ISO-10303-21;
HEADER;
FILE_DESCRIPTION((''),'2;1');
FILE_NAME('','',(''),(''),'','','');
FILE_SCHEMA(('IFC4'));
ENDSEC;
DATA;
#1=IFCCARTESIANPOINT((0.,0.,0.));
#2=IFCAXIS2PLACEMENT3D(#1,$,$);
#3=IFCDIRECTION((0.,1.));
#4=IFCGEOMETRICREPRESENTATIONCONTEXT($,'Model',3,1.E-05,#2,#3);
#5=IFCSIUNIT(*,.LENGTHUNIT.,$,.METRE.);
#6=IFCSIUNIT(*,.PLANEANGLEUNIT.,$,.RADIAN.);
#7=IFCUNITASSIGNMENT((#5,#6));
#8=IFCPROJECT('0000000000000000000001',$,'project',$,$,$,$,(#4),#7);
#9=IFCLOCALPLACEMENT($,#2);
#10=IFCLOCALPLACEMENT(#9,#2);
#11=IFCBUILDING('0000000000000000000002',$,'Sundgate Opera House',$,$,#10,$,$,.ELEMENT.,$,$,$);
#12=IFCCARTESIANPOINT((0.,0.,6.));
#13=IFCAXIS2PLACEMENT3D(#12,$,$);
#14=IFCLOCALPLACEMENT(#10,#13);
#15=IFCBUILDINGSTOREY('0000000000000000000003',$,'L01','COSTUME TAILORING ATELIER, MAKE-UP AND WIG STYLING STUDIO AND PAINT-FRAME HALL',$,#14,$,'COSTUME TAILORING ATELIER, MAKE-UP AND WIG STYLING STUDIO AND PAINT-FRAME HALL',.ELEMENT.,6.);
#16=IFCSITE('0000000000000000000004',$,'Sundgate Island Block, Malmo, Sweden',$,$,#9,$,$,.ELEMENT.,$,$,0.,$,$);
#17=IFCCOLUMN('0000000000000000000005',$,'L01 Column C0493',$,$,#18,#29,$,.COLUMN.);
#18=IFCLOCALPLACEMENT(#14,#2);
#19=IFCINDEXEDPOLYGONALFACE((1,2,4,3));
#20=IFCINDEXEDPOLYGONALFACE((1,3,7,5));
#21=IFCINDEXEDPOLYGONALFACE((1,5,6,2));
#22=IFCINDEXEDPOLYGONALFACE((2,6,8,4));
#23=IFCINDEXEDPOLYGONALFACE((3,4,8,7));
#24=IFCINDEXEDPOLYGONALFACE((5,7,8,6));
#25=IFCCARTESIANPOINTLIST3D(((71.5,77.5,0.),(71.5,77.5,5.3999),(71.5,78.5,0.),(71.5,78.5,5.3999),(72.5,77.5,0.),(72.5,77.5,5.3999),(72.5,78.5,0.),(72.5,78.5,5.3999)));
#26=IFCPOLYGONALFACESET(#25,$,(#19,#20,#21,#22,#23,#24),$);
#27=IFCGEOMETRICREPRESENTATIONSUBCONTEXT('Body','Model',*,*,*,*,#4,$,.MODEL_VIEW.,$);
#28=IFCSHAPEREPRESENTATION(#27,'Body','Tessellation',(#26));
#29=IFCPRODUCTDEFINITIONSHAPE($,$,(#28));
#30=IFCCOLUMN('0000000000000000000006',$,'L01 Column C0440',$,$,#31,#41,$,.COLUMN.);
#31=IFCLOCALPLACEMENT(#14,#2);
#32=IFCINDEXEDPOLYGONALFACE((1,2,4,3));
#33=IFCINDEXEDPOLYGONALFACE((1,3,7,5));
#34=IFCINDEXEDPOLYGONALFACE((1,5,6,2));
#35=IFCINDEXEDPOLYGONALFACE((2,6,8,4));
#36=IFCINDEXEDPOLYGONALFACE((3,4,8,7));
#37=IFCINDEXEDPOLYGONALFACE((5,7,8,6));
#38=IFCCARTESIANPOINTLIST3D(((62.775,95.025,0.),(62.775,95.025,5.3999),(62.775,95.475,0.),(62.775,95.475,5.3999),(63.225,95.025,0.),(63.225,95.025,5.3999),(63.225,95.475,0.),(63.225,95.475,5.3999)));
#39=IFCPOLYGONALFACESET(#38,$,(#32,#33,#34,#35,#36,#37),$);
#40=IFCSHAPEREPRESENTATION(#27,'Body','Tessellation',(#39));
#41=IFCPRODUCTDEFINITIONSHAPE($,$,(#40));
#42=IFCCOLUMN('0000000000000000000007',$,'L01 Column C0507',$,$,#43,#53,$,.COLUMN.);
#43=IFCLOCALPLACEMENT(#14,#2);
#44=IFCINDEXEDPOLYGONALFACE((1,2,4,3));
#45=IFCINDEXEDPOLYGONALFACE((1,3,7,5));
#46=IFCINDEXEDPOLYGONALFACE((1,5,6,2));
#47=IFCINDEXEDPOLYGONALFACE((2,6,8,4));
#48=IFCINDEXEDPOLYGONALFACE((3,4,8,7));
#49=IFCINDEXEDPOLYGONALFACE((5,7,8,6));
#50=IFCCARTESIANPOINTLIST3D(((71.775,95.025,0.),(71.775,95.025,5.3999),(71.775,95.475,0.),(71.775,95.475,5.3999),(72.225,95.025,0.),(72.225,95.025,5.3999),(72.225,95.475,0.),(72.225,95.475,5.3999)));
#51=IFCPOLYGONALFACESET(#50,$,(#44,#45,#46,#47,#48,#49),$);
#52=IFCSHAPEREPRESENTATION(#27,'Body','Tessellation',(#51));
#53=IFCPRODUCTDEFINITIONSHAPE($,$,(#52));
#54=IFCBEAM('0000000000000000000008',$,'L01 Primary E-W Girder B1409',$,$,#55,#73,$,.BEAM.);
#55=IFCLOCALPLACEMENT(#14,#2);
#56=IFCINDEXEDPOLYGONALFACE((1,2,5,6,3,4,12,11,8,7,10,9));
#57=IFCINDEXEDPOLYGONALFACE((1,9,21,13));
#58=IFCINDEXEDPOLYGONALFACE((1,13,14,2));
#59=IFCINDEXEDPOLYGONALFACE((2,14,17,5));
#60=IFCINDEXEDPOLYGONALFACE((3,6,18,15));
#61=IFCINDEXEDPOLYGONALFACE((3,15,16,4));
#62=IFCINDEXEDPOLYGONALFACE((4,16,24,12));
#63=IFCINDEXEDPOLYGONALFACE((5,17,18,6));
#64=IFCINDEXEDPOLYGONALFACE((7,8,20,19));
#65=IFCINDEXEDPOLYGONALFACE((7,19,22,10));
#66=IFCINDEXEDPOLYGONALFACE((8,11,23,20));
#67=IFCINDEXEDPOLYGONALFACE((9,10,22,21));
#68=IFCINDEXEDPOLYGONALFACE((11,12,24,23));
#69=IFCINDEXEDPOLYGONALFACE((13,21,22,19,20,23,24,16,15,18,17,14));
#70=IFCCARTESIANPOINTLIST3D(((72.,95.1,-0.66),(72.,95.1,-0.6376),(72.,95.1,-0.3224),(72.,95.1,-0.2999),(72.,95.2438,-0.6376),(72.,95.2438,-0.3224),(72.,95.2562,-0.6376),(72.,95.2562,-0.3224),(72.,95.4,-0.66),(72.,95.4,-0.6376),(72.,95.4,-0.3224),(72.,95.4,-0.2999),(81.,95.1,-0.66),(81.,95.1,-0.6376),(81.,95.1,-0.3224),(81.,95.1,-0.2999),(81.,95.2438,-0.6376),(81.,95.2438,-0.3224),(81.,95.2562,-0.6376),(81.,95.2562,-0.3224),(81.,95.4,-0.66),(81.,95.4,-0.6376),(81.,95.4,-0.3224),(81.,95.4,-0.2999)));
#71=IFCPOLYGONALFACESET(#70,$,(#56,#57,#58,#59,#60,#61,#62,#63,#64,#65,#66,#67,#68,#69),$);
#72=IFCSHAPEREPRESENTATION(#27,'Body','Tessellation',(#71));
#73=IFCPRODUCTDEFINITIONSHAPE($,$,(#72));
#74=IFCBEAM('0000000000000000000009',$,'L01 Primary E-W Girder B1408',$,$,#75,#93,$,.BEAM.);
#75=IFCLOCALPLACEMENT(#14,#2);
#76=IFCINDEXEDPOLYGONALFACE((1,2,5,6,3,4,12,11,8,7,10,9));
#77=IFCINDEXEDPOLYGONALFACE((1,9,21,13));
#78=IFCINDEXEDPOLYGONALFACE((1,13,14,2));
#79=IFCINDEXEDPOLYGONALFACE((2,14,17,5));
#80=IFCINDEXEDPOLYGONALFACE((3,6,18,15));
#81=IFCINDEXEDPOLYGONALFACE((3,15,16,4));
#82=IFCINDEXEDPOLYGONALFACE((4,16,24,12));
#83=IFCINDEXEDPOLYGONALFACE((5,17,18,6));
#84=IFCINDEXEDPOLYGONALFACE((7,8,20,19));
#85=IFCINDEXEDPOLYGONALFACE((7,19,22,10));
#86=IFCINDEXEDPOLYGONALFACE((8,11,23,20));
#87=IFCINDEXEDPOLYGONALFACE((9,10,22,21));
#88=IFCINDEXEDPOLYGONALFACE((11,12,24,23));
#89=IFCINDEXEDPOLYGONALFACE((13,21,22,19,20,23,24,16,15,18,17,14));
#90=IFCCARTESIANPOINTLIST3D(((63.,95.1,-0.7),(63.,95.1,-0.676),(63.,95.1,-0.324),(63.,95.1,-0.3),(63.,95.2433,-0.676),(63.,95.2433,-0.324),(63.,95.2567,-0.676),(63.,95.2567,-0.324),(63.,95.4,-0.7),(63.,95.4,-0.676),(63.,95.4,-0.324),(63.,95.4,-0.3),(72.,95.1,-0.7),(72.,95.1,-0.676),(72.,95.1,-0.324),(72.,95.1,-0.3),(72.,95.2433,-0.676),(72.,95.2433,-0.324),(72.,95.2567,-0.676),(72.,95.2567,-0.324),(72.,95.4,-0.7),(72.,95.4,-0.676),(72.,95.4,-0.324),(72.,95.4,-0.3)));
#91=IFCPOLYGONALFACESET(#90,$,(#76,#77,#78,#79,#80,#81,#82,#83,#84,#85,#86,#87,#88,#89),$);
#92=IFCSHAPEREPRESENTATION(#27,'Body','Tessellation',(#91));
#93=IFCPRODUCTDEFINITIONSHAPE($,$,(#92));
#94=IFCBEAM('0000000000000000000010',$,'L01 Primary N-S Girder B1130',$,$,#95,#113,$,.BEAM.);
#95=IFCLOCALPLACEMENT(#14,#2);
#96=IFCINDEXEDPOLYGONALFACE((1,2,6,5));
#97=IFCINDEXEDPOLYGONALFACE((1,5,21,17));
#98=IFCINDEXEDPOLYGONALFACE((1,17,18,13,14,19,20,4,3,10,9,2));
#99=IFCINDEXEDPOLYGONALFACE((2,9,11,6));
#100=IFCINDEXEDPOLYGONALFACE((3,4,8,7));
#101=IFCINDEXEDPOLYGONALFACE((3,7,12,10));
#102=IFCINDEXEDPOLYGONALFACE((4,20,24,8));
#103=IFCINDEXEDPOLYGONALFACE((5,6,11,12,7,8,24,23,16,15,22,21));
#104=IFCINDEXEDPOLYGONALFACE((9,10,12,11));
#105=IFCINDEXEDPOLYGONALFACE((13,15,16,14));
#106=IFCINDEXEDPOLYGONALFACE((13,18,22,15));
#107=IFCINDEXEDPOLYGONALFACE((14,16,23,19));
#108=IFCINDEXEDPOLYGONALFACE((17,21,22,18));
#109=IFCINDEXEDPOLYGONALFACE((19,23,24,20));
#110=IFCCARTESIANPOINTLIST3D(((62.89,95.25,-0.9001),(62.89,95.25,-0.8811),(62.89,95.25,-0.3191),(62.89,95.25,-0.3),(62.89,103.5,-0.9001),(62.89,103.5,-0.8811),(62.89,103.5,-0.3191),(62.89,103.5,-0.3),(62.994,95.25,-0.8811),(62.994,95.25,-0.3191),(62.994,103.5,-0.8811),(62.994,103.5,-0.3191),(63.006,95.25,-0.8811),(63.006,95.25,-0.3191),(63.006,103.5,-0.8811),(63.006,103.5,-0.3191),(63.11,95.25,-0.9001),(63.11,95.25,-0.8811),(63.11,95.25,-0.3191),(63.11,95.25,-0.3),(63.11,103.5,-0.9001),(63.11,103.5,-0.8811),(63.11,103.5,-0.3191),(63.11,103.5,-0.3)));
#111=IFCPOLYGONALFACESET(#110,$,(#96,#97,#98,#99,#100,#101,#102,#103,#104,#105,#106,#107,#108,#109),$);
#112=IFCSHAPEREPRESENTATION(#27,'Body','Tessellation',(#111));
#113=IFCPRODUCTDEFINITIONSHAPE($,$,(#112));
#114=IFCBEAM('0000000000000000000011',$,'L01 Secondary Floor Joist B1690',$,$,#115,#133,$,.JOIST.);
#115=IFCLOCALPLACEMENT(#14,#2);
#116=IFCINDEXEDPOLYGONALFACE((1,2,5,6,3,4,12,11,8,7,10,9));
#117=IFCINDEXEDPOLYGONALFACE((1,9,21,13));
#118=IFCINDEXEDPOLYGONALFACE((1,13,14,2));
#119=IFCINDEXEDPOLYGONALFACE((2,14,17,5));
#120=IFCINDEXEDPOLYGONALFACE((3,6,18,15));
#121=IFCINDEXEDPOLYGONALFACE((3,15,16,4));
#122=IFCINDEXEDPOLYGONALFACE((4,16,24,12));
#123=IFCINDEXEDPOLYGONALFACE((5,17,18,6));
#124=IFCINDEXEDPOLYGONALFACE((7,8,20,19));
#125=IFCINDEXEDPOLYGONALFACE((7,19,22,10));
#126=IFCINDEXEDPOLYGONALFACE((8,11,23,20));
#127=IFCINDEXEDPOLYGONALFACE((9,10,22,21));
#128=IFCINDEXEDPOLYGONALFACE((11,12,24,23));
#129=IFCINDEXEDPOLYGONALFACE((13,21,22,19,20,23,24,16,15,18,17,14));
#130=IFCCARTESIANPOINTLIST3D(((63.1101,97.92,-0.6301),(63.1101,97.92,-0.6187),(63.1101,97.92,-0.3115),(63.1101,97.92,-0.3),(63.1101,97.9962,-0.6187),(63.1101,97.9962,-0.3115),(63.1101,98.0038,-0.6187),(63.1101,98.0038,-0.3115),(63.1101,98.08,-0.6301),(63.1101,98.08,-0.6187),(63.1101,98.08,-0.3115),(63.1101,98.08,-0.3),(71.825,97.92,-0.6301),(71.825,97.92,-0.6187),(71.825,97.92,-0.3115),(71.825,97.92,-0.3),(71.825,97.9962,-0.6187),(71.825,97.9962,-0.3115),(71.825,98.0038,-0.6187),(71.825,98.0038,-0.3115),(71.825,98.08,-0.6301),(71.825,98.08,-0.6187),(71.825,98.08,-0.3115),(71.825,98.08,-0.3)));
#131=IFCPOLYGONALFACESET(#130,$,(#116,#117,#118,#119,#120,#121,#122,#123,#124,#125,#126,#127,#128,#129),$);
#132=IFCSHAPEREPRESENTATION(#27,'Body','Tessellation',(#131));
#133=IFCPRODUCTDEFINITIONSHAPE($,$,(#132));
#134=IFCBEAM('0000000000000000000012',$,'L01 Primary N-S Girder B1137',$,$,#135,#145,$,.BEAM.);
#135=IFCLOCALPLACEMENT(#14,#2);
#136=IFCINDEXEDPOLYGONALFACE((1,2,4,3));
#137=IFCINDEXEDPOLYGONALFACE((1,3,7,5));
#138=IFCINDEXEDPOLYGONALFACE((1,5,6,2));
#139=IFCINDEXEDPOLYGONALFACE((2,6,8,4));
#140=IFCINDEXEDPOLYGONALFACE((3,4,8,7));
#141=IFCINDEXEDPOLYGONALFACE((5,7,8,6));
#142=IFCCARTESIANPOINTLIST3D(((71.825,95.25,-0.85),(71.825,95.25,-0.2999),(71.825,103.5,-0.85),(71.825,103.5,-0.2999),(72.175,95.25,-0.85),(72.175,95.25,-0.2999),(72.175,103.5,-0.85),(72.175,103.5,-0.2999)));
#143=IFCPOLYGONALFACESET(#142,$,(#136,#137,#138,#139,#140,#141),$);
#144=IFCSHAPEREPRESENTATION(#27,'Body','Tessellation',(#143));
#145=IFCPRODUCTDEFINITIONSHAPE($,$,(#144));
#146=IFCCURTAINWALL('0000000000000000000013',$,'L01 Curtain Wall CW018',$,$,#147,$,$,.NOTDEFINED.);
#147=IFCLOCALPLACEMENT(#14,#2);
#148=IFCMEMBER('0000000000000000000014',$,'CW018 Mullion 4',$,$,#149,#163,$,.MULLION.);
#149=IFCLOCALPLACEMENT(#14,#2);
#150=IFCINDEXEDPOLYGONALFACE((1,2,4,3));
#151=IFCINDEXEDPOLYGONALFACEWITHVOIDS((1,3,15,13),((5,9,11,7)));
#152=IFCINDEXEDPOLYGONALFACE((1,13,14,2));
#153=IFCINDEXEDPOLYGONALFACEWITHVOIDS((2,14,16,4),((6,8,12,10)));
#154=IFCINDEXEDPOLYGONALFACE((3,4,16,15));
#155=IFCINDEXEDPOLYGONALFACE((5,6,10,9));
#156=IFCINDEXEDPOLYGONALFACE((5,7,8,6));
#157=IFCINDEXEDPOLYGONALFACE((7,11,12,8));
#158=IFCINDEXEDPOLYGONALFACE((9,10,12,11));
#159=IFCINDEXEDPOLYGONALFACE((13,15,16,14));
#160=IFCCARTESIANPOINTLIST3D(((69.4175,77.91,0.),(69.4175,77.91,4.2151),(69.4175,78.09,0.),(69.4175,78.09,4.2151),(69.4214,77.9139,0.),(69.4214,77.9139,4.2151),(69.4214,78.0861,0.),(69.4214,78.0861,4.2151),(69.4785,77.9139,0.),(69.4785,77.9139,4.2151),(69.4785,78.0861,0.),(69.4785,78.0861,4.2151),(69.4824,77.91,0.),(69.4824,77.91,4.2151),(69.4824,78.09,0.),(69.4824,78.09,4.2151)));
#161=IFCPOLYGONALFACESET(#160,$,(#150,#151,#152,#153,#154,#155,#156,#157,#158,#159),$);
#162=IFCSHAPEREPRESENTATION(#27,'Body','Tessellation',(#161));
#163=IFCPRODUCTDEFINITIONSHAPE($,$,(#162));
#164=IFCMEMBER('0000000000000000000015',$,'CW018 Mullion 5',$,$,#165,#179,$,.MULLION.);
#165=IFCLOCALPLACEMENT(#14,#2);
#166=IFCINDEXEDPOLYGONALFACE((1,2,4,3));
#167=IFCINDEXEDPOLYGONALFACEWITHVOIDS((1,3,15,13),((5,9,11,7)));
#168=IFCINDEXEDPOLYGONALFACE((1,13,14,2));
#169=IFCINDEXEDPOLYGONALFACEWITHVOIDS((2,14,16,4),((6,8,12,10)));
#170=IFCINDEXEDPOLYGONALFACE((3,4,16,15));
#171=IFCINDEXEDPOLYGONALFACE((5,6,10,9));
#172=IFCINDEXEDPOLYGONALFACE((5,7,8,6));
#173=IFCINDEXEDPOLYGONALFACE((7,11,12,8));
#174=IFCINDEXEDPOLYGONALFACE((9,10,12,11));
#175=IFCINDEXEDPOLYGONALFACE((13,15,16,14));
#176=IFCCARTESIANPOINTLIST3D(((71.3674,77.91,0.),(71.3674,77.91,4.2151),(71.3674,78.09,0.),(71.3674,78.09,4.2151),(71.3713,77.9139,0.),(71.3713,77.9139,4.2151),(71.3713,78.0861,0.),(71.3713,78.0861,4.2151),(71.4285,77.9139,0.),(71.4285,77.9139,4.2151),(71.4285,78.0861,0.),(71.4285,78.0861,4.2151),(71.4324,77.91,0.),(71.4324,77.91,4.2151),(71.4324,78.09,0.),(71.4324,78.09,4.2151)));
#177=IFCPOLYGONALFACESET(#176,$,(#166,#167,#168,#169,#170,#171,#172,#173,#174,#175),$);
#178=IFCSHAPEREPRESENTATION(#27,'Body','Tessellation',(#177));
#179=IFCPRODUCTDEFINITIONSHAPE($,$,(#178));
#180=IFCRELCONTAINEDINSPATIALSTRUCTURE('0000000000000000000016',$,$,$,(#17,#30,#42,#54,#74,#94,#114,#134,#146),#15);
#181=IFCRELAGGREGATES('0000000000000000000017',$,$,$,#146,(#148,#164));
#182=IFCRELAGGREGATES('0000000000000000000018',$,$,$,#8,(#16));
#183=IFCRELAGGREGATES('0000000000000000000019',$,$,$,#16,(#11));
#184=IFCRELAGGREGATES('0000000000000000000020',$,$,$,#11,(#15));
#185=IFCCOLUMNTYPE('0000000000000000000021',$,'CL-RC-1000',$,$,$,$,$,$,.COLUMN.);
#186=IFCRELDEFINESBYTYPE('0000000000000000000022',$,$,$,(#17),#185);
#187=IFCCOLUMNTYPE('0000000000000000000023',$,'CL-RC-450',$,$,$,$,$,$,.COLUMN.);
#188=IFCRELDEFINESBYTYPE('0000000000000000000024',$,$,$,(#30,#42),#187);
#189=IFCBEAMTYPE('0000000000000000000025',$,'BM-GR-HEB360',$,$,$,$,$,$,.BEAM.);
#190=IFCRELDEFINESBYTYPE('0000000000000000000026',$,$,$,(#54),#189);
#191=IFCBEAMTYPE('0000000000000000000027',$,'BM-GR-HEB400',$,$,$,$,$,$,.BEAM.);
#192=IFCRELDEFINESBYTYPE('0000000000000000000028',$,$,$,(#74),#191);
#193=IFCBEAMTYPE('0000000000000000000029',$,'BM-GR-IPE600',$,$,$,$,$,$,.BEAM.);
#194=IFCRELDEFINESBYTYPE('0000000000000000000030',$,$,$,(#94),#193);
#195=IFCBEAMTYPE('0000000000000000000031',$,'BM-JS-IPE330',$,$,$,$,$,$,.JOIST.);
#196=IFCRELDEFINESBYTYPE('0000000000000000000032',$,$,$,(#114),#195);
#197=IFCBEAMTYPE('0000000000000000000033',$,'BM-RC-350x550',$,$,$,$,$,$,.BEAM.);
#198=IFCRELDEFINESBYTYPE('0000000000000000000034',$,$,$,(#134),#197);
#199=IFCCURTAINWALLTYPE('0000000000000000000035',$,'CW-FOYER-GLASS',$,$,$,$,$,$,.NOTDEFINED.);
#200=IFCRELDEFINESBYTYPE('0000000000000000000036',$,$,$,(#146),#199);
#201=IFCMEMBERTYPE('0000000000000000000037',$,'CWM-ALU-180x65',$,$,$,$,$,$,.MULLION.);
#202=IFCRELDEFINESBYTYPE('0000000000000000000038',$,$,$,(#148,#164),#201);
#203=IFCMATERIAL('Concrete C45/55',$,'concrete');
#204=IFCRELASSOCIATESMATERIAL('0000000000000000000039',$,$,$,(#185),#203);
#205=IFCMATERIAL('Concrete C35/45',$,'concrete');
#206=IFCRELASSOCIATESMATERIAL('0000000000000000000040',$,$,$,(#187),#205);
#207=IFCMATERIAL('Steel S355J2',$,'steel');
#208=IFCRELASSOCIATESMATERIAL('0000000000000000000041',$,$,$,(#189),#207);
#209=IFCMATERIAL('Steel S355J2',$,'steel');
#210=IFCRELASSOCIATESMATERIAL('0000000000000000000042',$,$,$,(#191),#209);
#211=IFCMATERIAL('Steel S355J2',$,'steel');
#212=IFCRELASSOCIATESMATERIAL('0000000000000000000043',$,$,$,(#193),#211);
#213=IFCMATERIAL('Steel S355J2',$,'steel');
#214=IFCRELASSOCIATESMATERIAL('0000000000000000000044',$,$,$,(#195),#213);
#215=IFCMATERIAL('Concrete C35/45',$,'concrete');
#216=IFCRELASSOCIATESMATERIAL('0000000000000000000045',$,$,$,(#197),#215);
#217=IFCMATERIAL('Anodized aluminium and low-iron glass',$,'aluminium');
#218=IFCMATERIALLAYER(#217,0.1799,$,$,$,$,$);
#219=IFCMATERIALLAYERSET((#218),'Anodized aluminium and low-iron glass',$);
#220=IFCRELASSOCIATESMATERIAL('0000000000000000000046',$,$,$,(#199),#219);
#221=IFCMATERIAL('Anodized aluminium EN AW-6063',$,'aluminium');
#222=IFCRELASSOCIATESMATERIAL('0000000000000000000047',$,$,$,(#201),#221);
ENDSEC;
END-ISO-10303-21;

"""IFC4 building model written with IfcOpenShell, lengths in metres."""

from ifc_helpers import new_model, si_unit, direction, frame, origin, origin_2d, place, context, subcontext, project, spatial, rectangle, hollow_rectangle, i_section, extrude, material, layer, layer_set, material_profile, profile_set, type_object, element, aggregate, save


model = new_model("IFC4")

# Units and contexts
model_context = context("Model", 3, precision=1e-05, world=origin(), true_north=direction((0.0, 1.0)))
body_context = subcontext(model_context, "Body", "Model", "MODEL_VIEW")
ifc_project = project(units=[si_unit("LENGTHUNIT", "METRE"), si_unit("PLANEANGLEUNIT", "RADIAN")], contexts=[model_context])

# Site, building, storey
site_placement = place(None, origin())
site = spatial("IfcSite", under=ifc_project, at=site_placement, Name="Sundgate Island Block, Malmo, Sweden", CompositionType="ELEMENT", RefElevation=0.0)
building_placement = place(site_placement, origin())
building = spatial("IfcBuilding", under=site, at=building_placement, Name="Sundgate Opera House", CompositionType="ELEMENT")
storey_placement = place(building_placement, frame((0.0, 0.0, 6.0)))
storey = spatial("IfcBuildingStorey", under=building, at=storey_placement, Name="L01", Description="COSTUME TAILORING ATELIER, MAKE-UP AND WIG STYLING STUDIO AND PAINT-FRAME HALL", LongName="COSTUME TAILORING ATELIER, MAKE-UP AND WIG STYLING STUDIO AND PAINT-FRAME HALL", CompositionType="ELEMENT", Elevation=6.0)

# Columns
ifc_material_1 = material(Name="Concrete C45/55", Category="concrete")
ifc_material_profile_1 = material_profile(ifc_material_1, rectangle(XDim=1.0, YDim=1.0, at=origin_2d()), Name="RC 1000x1000")
ifc_profile_set_1 = profile_set([ifc_material_profile_1], Name="Concrete C45/55")
column_type_1 = type_object("IfcColumnType", Name="CL-RC-1000", PredefinedType="COLUMN", material=ifc_profile_set_1)
column_placement = place(storey_placement, frame((72.0, 78.0, 0.0), z_axis=(0.0, 0.0, 1.0), x_axis=(1.0, 0.0, 0.0)))
element("IfcColumn", 1, at=column_placement, inside=storey, type_object=column_type_1, Name="L01 Column C0493", PredefinedType="COLUMN", context=body_context, shape_type="SweptSolid", body=[
    extrude(rectangle(XDim=1.0, YDim=1.0, at=origin_2d()), origin(), (0.0, 0.0, 1.0), 5.3999),
])
ifc_material_2 = material(Name="Concrete C35/45", Category="concrete")
ifc_material_profile_2 = material_profile(ifc_material_2, rectangle(XDim=0.45, YDim=0.45, at=origin_2d()), Name="RC 450x450")
ifc_profile_set_2 = profile_set([ifc_material_profile_2], Name="Concrete C35/45")
column_type_2 = type_object("IfcColumnType", Name="CL-RC-450", PredefinedType="COLUMN", material=ifc_profile_set_2)
for number, where, z_axis, x_axis, name in (
    (2, (63.0, 95.25, 0.0), (0.0, 0.0, 1.0), (1.0, 0.0, 0.0), "L01 Column C0440"),
    (3, (72.0, 95.25, 0.0), (0.0, 0.0, 1.0), (1.0, 0.0, 0.0), "L01 Column C0507"),
):
    element("IfcColumn", number, at=place(storey_placement, frame(where, z_axis=z_axis, x_axis=x_axis)), inside=storey, type_object=column_type_2, Name=name, PredefinedType="COLUMN", context=body_context, shape_type="SweptSolid", body=[
        extrude(rectangle(XDim=0.45, YDim=0.45, at=origin_2d()), origin(), (0.0, 0.0, 1.0), 5.3999),
    ])

# Beams
ifc_material_3 = material(Name="Steel S355J2", Category="steel")
ifc_material_profile_3 = material_profile(ifc_material_3, i_section(OverallWidth=0.3, OverallDepth=0.3601, WebThickness=0.0125, FlangeThickness=0.0225, at=origin_2d()), Name="HEB 360")
ifc_profile_set_3 = profile_set([ifc_material_profile_3], Name="Steel S355J2")
beam_type_1 = type_object("IfcBeamType", Name="BM-GR-HEB360", PredefinedType="BEAM", material=ifc_profile_set_3)
beam_1_placement = place(storey_placement, frame((72.0, 95.25, -0.48), z_axis=(1.0, 0.0, 0.0), x_axis=(0.0, 1.0, 0.0)))
element("IfcBeam", 4, at=beam_1_placement, inside=storey, type_object=beam_type_1, Name="L01 Primary E-W Girder B1409", PredefinedType="BEAM", context=body_context, shape_type="SweptSolid", body=[
    extrude(i_section(OverallWidth=0.3, OverallDepth=0.3601, WebThickness=0.0125, FlangeThickness=0.0225, at=origin_2d()), origin(), (0.0, 0.0, 1.0), 9.0),
])
ifc_material_4 = material(Name="Steel S355J2", Category="steel")
ifc_material_profile_4 = material_profile(ifc_material_4, i_section(OverallWidth=0.3, OverallDepth=0.3999, WebThickness=0.0134, FlangeThickness=0.0239, at=origin_2d()), Name="HEB 400")
ifc_profile_set_4 = profile_set([ifc_material_profile_4], Name="Steel S355J2")
beam_type_2 = type_object("IfcBeamType", Name="BM-GR-HEB400", PredefinedType="BEAM", material=ifc_profile_set_4)
beam_2_placement = place(storey_placement, frame((63.0, 95.25, -0.5), z_axis=(1.0, 0.0, 0.0), x_axis=(0.0, 1.0, 0.0)))
element("IfcBeam", 5, at=beam_2_placement, inside=storey, type_object=beam_type_2, Name="L01 Primary E-W Girder B1408", PredefinedType="BEAM", context=body_context, shape_type="SweptSolid", body=[
    extrude(i_section(OverallWidth=0.3, OverallDepth=0.3999, WebThickness=0.0134, FlangeThickness=0.0239, at=origin_2d()), origin(), (0.0, 0.0, 1.0), 9.0),
])
ifc_material_5 = material(Name="Steel S355J2", Category="steel")
ifc_material_profile_5 = material_profile(ifc_material_5, i_section(OverallWidth=0.22, OverallDepth=0.6001, WebThickness=0.012, FlangeThickness=0.019, at=origin_2d()), Name="IPE 600")
ifc_profile_set_5 = profile_set([ifc_material_profile_5], Name="Steel S355J2")
beam_type_3 = type_object("IfcBeamType", Name="BM-GR-IPE600", PredefinedType="BEAM", material=ifc_profile_set_5)
beam_3_placement = place(storey_placement, frame((63.0, 95.25, -0.6001), z_axis=(0.0, 1.0, 0.0), x_axis=(-1.0, 0.0, 0.0)))
element("IfcBeam", 6, at=beam_3_placement, inside=storey, type_object=beam_type_3, Name="L01 Primary N-S Girder B1130", PredefinedType="BEAM", context=body_context, shape_type="SweptSolid", body=[
    extrude(i_section(OverallWidth=0.22, OverallDepth=0.6001, WebThickness=0.012, FlangeThickness=0.019, at=origin_2d()), origin(), (0.0, 0.0, 1.0), 8.25),
])
ifc_material_6 = material(Name="Steel S355J2", Category="steel")
ifc_material_profile_6 = material_profile(ifc_material_6, i_section(OverallWidth=0.1599, OverallDepth=0.3301, WebThickness=0.0076, FlangeThickness=0.0115, at=origin_2d()), Name="IPE 330")
ifc_profile_set_6 = profile_set([ifc_material_profile_6], Name="Steel S355J2")
beam_type_4 = type_object("IfcBeamType", Name="BM-JS-IPE330", PredefinedType="JOIST", material=ifc_profile_set_6)
beam_4_placement = place(storey_placement, frame((63.1101, 98.0, -0.4651), z_axis=(1.0, 0.0, 0.0), x_axis=(0.0, 1.0, 0.0)))
element("IfcBeam", 7, at=beam_4_placement, inside=storey, type_object=beam_type_4, Name="L01 Secondary Floor Joist B1690", PredefinedType="JOIST", context=body_context, shape_type="SweptSolid", body=[
    extrude(i_section(OverallWidth=0.1599, OverallDepth=0.3301, WebThickness=0.0076, FlangeThickness=0.0115, at=origin_2d()), origin(), (0.0, 0.0, 1.0), 8.7148),
])
ifc_material_7 = material(Name="Concrete C35/45", Category="concrete")
ifc_material_profile_7 = material_profile(ifc_material_7, rectangle(XDim=0.3501, YDim=0.55, at=origin_2d()), Name="RC 350x550")
ifc_profile_set_7 = profile_set([ifc_material_profile_7], Name="Concrete C35/45")
beam_type_5 = type_object("IfcBeamType", Name="BM-RC-350x550", PredefinedType="BEAM", material=ifc_profile_set_7)
beam_5_placement = place(storey_placement, frame((72.0, 95.25, -0.575), z_axis=(0.0, 1.0, 0.0), x_axis=(-1.0, 0.0, 0.0)))
element("IfcBeam", 8, at=beam_5_placement, inside=storey, type_object=beam_type_5, Name="L01 Primary N-S Girder B1137", PredefinedType="BEAM", context=body_context, shape_type="SweptSolid", body=[
    extrude(rectangle(XDim=0.3501, YDim=0.55, at=origin_2d()), origin(), (0.0, 0.0, 1.0), 8.25),
])

# Curtain wall, members
ifc_material_8 = material(Name="Anodized aluminium and low-iron glass", Category="aluminium")
ifc_layer_1 = layer(ifc_material_8, 0.1799)
ifc_layer_set_1 = layer_set([ifc_layer_1], Name="Anodized aluminium and low-iron glass")
curtain_wall_type = type_object("IfcCurtainWallType", Name="CW-FOYER-GLASS", PredefinedType="NOTDEFINED", material=ifc_layer_set_1)
curtain_wall_placement = place(storey_placement, origin())
curtain_wall = element("IfcCurtainWall", 9, at=curtain_wall_placement, inside=storey, type_object=curtain_wall_type, Name="L01 Curtain Wall CW018", PredefinedType="NOTDEFINED")
ifc_material_9 = material(Name="Anodized aluminium EN AW-6063", Category="aluminium")
ifc_material_profile_8 = material_profile(ifc_material_9, hollow_rectangle(XDim=0.0649, YDim=0.1799, WallThickness=0.0039, at=origin_2d()), Name="CWM 180x65x4")
ifc_profile_set_8 = profile_set([ifc_material_profile_8], Name="Anodized aluminium EN AW-6063")
member_type_1 = type_object("IfcMemberType", Name="CWM-ALU-180x65", PredefinedType="MULLION", material=ifc_profile_set_8)
member_1_placement = place(storey_placement, frame((69.45, 78.0, 0.0), z_axis=(0.0, 0.0, 1.0), x_axis=(1.0, 0.0, 0.0)))
member_1 = element("IfcMember", 10, at=member_1_placement, type_object=member_type_1, Name="CW018 Mullion 4", PredefinedType="MULLION", context=body_context, shape_type="SweptSolid", body=[
    extrude(hollow_rectangle(XDim=0.0649, YDim=0.1799, WallThickness=0.0039, at=origin_2d()), origin(), (0.0, 0.0, 1.0), 4.2151),
])
member_2_placement = place(storey_placement, frame((71.3999, 78.0, 0.0), z_axis=(0.0, 0.0, 1.0), x_axis=(1.0, 0.0, 0.0)))
member_2 = element("IfcMember", 11, at=member_2_placement, type_object=member_type_1, Name="CW018 Mullion 5", PredefinedType="MULLION", context=body_context, shape_type="SweptSolid", body=[
    extrude(hollow_rectangle(XDim=0.0649, YDim=0.1799, WallThickness=0.0039, at=origin_2d()), origin(), (0.0, 0.0, 1.0), 4.2151),
])
aggregate(curtain_wall, [member_1, member_2])

save(model, "model.ifc")
